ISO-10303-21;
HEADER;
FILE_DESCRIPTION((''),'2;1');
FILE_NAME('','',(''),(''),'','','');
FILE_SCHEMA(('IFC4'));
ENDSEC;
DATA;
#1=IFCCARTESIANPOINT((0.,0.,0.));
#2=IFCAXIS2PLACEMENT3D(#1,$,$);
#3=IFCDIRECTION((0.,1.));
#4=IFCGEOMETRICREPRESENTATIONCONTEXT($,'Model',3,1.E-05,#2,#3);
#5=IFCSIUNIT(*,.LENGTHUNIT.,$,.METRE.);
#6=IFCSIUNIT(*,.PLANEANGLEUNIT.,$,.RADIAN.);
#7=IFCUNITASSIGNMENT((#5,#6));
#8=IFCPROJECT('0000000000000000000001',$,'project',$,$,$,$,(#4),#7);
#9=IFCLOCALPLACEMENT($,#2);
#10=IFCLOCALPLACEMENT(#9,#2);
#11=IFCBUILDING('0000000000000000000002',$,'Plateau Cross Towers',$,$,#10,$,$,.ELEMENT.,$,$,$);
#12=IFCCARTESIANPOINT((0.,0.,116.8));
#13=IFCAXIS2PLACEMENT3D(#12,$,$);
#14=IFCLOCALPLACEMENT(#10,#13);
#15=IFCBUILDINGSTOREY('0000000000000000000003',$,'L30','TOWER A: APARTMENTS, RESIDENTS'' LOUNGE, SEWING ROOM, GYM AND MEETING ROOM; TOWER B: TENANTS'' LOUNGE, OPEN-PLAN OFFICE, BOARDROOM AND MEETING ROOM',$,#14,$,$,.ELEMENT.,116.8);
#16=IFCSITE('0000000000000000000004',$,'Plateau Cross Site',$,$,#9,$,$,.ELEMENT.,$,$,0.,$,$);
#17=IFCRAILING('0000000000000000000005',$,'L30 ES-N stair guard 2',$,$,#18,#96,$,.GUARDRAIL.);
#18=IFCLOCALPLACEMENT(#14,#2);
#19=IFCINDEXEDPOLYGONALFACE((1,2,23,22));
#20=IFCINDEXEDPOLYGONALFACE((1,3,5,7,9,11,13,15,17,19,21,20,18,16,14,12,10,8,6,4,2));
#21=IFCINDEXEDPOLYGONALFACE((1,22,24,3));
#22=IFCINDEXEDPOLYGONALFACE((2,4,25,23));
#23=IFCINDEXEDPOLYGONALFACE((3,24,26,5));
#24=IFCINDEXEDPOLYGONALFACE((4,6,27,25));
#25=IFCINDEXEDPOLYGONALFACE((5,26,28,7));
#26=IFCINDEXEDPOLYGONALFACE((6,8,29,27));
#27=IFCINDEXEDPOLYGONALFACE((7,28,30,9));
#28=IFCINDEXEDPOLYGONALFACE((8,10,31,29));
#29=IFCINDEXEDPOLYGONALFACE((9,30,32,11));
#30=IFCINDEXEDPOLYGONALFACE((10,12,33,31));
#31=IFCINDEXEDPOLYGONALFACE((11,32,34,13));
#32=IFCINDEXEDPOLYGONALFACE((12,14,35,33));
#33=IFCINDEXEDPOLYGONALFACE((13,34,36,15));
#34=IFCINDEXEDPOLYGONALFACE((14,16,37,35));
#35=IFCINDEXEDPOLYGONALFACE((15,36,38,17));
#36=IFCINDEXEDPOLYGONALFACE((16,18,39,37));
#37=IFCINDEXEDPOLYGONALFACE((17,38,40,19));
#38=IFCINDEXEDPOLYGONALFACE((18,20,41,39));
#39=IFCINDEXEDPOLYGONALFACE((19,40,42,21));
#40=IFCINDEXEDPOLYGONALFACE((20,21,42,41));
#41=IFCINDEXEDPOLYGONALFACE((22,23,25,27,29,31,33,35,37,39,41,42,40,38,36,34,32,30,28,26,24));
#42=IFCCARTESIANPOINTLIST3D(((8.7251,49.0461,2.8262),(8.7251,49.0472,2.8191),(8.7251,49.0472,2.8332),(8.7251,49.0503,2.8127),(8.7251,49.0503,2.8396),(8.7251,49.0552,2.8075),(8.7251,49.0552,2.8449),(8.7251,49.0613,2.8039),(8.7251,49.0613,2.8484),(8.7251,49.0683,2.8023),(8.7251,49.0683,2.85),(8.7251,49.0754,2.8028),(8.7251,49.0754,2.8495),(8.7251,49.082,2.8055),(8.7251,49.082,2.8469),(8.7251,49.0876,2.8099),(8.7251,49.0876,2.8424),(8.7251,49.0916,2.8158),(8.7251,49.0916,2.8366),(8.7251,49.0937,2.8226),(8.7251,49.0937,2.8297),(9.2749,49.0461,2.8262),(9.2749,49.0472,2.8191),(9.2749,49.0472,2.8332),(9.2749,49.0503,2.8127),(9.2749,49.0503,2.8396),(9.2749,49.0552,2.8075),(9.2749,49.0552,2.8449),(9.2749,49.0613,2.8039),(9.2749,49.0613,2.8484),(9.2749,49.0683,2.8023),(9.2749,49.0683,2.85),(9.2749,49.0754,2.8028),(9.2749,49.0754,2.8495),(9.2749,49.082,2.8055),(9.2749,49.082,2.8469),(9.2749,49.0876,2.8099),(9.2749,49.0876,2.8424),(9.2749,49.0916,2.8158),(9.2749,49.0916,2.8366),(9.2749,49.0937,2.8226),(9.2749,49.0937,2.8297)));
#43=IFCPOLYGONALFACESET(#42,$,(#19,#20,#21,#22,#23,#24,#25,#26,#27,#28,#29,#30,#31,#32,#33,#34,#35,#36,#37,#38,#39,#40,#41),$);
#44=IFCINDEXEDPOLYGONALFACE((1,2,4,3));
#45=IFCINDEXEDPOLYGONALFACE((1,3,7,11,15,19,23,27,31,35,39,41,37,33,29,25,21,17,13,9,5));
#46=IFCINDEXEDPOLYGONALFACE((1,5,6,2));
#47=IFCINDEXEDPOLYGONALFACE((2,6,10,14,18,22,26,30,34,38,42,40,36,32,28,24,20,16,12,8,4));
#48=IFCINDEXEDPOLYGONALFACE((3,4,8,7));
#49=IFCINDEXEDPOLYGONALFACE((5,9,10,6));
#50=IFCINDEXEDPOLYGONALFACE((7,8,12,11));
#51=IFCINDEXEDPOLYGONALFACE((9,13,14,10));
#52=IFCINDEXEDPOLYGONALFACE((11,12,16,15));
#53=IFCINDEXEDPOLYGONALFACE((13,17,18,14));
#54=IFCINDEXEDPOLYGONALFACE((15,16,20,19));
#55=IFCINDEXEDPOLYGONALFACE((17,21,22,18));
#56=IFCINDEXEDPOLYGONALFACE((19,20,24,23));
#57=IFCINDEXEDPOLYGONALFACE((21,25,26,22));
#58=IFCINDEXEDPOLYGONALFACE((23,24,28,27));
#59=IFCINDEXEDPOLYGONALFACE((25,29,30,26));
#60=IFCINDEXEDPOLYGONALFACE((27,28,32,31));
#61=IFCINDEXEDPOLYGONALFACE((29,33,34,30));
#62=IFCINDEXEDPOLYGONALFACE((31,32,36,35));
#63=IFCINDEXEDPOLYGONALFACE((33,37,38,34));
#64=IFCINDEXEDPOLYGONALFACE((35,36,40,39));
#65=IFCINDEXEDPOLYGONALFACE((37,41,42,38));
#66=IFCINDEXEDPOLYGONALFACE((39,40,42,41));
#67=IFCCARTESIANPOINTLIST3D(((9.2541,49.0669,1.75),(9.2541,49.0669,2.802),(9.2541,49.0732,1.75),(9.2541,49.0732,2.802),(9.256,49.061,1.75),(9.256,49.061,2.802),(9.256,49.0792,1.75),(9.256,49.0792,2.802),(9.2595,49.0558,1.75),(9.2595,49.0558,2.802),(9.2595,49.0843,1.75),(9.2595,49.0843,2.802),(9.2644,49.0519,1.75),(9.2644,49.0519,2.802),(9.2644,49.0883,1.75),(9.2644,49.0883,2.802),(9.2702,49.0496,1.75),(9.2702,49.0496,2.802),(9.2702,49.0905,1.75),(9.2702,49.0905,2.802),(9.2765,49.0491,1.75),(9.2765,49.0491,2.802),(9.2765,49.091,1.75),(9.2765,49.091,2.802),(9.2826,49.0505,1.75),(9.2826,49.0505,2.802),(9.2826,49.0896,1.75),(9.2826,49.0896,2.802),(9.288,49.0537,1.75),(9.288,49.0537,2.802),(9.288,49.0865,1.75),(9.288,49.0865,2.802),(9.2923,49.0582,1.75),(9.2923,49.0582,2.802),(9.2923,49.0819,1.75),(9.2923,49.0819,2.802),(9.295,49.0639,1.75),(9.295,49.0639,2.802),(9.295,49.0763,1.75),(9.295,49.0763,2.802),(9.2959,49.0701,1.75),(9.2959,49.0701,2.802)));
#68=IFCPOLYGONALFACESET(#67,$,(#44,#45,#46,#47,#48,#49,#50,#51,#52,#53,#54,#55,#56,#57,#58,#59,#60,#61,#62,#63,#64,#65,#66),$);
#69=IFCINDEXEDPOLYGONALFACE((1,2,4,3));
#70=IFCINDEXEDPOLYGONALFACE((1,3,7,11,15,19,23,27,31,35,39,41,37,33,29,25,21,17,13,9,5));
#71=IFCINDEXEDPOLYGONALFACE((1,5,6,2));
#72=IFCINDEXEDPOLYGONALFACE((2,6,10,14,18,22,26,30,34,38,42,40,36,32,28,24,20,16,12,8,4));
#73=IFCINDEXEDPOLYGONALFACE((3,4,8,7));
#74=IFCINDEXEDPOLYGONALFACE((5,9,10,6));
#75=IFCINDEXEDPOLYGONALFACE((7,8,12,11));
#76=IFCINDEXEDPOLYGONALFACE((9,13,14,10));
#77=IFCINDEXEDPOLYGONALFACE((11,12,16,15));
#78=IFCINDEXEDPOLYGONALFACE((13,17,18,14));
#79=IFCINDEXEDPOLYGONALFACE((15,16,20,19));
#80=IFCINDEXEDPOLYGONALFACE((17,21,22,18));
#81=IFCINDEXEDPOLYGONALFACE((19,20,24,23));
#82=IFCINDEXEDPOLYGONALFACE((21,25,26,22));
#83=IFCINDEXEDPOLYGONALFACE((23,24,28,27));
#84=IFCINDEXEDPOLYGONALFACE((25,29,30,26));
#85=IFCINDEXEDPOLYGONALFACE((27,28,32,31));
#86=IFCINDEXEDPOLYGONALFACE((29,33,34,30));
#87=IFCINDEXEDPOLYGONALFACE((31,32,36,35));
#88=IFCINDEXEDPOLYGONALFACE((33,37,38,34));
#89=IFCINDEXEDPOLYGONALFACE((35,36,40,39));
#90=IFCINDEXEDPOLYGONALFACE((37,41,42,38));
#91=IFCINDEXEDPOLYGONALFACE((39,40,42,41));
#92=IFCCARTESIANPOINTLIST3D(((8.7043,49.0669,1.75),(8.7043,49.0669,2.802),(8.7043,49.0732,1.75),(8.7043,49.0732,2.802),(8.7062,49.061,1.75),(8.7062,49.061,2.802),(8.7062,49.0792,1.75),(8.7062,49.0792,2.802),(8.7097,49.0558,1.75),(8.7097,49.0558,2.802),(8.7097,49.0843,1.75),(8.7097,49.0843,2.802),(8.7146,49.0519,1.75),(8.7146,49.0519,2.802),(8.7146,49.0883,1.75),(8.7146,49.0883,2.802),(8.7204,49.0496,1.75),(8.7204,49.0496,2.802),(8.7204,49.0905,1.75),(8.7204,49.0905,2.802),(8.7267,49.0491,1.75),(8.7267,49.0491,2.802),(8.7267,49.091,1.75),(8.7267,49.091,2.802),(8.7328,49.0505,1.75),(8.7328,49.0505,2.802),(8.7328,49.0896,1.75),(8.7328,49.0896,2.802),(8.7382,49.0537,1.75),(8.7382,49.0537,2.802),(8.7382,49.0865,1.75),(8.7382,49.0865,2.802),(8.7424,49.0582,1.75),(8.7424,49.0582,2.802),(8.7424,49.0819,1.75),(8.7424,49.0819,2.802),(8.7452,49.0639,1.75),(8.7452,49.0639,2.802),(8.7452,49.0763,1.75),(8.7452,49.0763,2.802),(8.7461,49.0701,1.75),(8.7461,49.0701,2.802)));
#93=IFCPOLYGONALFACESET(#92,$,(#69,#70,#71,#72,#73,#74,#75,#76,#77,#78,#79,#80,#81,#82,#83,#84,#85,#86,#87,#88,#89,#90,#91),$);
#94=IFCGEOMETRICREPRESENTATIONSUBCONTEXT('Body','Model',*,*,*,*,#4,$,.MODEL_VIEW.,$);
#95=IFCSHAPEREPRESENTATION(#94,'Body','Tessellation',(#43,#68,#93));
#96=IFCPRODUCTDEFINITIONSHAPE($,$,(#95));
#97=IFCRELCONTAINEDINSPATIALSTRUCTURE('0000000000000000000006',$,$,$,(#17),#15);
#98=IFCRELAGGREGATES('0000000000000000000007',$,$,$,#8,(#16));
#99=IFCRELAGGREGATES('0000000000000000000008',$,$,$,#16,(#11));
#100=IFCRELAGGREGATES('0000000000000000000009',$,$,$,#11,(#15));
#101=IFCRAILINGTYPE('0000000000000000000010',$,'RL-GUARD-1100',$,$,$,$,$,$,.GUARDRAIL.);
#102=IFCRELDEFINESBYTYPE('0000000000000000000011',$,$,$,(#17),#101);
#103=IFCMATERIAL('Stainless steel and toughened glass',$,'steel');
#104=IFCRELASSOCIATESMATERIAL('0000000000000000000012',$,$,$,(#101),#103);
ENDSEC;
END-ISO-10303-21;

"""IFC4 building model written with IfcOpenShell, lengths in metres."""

from ifc_helpers import new_model, si_unit, direction, frame, origin, origin_2d, place, context, subcontext, project, spatial, circle, extrude, material, type_object, element, save


model = new_model("IFC4")

# Units and contexts
model_context = context("Model", 3, precision=1e-05, world=origin(), true_north=direction((0.0, 1.0)))
body_context = subcontext(model_context, "Body", "Model", "MODEL_VIEW")
ifc_project = project(units=[si_unit("LENGTHUNIT", "METRE"), si_unit("PLANEANGLEUNIT", "RADIAN")], contexts=[model_context])

# Site, building, storey
site_placement = place(None, origin())
site = spatial("IfcSite", under=ifc_project, at=site_placement, Name="Plateau Cross Site", CompositionType="ELEMENT", RefElevation=0.0)
building_placement = place(site_placement, origin())
building = spatial("IfcBuilding", under=site, at=building_placement, Name="Plateau Cross Towers", CompositionType="ELEMENT")
storey_placement = place(building_placement, frame((0.0, 0.0, 116.8)))
storey = spatial("IfcBuildingStorey", under=building, at=storey_placement, Name="L30", Description="TOWER A: APARTMENTS, RESIDENTS' LOUNGE, SEWING ROOM, GYM AND MEETING ROOM; TOWER B: TENANTS' LOUNGE, OPEN-PLAN OFFICE, BOARDROOM AND MEETING ROOM", CompositionType="ELEMENT", Elevation=116.8)

# Railing
ifc_material_1 = material(Name="Stainless steel and toughened glass", Category="steel")
railing_type_1 = type_object("IfcRailingType", Name="RL-GUARD-1100", PredefinedType="GUARDRAIL", material=ifc_material_1)
railing_1_placement = place(storey_placement, frame((9.2749, 49.0701, 1.75)))
element("IfcRailing", 1, at=railing_1_placement, inside=storey, type_object=railing_type_1, Name="L30 ES-N stair guard 2", PredefinedType="GUARDRAIL", context=body_context, shape_type="SweptSolid", body=[
    extrude(circle(Radius=0.0239, at=origin_2d()), frame((0.0, 0.0, 1.0762), z_axis=(-1.0, 0.0, 0.0), x_axis=(0.0, -1.0, 0.0)), (0.0, 0.0, 1.0), 0.5498),
    extrude(circle(Radius=0.021, at=origin_2d()), origin(), (0.0, 0.0, 1.0), 1.052),
    extrude(circle(Radius=0.021, at=origin_2d()), frame((-0.5498, 0.0, 0.0)), (0.0, 0.0, 1.0), 1.052),
])

save(model, "model.ifc")
